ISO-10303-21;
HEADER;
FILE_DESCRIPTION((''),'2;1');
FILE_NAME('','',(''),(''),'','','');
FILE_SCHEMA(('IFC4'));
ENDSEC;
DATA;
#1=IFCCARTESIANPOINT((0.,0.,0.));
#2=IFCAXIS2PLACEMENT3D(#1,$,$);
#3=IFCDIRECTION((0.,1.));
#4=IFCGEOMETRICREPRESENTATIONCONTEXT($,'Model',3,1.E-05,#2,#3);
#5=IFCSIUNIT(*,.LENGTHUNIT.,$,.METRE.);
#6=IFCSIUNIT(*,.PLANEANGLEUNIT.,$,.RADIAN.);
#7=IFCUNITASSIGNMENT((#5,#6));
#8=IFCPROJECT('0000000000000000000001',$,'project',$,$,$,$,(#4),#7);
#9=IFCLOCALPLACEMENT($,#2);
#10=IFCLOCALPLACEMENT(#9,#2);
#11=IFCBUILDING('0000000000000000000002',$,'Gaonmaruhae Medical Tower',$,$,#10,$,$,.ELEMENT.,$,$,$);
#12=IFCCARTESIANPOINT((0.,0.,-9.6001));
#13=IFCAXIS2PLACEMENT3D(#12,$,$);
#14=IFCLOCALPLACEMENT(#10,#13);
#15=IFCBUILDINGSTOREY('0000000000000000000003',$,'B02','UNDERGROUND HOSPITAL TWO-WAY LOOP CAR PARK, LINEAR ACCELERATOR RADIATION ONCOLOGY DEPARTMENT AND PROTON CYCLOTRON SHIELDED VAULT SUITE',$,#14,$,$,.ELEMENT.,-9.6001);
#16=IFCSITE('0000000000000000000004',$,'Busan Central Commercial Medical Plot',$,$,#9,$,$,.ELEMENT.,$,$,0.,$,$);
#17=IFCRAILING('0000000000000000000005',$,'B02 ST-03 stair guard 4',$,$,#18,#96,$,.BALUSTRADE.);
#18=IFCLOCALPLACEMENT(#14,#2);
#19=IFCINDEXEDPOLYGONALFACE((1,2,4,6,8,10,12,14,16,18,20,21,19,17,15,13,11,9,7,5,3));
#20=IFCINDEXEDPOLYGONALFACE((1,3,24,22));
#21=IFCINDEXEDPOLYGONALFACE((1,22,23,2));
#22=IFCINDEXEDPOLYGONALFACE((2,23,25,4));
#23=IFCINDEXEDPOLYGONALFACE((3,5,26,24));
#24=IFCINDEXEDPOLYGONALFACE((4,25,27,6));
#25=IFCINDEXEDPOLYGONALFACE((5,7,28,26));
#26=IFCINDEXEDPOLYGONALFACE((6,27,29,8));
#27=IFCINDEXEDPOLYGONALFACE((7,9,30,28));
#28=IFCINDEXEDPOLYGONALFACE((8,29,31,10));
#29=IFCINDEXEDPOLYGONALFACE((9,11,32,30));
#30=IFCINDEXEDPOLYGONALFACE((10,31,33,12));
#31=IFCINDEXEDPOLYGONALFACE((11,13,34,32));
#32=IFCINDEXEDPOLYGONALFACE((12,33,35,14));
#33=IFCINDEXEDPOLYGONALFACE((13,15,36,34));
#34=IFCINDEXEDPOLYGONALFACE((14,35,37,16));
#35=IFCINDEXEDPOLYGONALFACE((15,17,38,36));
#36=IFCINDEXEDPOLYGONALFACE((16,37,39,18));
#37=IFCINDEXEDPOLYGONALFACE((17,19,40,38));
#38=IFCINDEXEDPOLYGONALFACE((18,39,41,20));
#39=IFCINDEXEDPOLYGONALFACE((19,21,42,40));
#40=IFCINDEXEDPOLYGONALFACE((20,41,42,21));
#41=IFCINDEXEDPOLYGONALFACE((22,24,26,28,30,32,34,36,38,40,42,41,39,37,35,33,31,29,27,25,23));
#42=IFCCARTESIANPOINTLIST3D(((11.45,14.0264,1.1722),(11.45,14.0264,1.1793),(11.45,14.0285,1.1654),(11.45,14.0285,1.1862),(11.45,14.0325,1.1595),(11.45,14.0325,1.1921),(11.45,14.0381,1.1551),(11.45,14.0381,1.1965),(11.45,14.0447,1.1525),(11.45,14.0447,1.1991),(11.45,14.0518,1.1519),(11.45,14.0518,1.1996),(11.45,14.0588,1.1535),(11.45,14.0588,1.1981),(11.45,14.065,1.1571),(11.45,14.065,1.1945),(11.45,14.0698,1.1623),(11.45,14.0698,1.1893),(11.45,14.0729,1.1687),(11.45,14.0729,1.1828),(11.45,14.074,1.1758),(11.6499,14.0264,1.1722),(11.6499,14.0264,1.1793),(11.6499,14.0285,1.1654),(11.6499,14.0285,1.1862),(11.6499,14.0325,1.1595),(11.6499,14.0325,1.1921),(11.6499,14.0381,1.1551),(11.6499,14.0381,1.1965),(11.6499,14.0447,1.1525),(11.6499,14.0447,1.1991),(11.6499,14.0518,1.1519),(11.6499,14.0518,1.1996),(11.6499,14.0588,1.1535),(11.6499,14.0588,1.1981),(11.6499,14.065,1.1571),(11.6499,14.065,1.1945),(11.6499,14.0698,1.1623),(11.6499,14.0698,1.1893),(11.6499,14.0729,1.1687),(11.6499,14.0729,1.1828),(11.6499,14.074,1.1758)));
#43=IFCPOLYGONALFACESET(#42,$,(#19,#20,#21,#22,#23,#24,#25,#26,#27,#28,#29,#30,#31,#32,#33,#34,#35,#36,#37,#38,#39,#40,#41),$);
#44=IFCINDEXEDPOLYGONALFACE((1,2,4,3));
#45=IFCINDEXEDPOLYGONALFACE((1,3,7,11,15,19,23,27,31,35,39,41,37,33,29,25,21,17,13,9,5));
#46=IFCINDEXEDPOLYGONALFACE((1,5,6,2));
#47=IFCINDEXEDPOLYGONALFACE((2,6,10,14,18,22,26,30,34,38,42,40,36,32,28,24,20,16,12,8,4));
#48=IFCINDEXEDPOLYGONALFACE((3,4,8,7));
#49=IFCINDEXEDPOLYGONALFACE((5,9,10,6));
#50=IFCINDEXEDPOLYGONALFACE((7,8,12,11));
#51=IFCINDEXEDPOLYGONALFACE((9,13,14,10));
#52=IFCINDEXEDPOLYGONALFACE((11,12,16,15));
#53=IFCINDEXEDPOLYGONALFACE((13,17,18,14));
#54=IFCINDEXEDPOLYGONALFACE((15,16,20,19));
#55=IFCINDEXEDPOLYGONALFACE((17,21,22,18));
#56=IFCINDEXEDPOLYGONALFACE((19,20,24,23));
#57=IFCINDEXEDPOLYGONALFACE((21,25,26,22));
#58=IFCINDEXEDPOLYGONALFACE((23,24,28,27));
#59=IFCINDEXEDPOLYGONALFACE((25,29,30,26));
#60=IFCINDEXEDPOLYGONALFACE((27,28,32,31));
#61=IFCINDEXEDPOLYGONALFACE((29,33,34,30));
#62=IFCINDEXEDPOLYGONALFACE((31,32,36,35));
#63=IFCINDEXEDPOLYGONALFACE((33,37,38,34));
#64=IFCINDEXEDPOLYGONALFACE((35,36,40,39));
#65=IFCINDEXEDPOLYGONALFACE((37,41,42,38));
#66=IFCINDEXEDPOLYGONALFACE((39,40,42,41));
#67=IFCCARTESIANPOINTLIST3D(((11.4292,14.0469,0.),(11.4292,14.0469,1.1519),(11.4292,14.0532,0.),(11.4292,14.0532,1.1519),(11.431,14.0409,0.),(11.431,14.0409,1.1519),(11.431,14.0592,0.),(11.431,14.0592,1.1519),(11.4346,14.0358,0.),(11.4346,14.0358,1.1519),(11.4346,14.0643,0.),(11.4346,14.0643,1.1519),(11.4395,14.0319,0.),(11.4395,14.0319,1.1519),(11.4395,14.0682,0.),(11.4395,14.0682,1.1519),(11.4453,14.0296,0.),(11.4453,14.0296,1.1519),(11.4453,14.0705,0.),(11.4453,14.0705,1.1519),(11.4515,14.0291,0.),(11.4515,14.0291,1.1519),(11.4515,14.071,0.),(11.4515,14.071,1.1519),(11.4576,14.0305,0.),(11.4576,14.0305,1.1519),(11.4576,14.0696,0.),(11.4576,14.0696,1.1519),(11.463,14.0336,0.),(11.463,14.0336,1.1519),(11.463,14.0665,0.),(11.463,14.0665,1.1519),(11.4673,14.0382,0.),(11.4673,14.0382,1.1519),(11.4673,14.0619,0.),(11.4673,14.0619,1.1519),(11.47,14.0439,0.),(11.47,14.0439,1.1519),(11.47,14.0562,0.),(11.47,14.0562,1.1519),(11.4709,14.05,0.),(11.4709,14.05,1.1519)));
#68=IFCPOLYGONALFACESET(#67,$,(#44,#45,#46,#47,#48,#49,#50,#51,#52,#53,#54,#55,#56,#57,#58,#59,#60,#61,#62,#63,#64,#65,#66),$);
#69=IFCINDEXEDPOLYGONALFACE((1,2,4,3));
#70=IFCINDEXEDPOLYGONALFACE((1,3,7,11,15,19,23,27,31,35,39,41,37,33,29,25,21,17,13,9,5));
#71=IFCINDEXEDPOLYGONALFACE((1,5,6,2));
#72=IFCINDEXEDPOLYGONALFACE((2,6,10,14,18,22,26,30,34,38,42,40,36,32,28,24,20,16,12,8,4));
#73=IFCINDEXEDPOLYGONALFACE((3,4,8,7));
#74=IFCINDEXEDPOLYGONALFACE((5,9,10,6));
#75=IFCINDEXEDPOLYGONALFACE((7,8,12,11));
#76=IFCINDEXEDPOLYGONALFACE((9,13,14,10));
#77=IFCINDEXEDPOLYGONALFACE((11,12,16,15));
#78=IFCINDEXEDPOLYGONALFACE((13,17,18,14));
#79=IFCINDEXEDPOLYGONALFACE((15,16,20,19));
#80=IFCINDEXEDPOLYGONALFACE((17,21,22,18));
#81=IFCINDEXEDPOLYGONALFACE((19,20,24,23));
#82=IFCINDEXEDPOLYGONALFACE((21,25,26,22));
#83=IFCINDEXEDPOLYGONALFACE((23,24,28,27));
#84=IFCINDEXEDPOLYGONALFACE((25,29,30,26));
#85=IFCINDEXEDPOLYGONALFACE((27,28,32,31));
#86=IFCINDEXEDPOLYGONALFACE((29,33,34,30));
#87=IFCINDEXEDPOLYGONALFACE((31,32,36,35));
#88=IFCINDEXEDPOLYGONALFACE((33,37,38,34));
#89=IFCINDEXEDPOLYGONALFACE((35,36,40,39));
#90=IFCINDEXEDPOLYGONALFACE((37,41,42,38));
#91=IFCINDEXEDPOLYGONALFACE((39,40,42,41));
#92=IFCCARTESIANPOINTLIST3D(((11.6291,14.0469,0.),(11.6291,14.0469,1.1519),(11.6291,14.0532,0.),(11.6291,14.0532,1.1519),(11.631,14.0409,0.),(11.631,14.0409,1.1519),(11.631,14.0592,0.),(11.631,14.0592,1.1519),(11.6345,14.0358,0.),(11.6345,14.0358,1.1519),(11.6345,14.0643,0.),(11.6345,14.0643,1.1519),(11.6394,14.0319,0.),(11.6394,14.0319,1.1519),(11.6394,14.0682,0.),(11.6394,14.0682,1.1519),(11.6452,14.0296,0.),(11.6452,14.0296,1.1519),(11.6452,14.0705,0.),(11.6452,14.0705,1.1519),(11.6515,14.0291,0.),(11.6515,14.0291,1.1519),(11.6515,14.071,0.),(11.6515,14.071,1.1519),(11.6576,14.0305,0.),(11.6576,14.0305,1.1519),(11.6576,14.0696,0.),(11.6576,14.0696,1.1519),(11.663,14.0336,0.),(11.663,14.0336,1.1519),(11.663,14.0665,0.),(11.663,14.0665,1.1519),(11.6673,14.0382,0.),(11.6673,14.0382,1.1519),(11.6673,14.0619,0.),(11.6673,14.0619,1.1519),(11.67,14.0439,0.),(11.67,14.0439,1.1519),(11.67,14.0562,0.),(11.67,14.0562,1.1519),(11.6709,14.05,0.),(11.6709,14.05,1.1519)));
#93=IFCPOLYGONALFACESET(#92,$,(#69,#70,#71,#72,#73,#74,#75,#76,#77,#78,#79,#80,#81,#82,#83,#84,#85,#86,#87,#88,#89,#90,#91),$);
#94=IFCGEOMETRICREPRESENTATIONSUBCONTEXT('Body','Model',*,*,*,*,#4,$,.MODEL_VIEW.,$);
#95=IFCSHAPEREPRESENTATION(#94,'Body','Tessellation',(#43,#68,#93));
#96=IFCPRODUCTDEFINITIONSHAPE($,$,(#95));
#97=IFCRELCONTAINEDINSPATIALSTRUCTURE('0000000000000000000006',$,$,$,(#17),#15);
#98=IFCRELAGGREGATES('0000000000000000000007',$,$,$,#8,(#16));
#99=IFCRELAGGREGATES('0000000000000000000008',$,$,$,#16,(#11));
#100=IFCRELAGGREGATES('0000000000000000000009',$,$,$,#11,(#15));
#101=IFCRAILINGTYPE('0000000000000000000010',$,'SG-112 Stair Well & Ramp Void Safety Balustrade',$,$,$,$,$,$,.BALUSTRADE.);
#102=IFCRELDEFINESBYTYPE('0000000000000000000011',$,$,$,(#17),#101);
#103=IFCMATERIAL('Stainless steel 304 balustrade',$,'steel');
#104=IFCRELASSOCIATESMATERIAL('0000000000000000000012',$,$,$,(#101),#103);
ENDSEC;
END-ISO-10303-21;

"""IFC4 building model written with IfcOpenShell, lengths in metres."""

from ifc_helpers import new_model, si_unit, direction, frame, origin, origin_2d, place, context, subcontext, project, spatial, circle, extrude, material, type_object, element, save


model = new_model("IFC4")

# Units and contexts
model_context = context("Model", 3, precision=1e-05, world=origin(), true_north=direction((0.0, 1.0)))
body_context = subcontext(model_context, "Body", "Model", "MODEL_VIEW")
ifc_project = project(units=[si_unit("LENGTHUNIT", "METRE"), si_unit("PLANEANGLEUNIT", "RADIAN")], contexts=[model_context])

# Site, building, storey
site_placement = place(None, origin())
site = spatial("IfcSite", under=ifc_project, at=site_placement, Name="Busan Central Commercial Medical Plot", CompositionType="ELEMENT", RefElevation=0.0)
building_placement = place(site_placement, origin())
building = spatial("IfcBuilding", under=site, at=building_placement, Name="Gaonmaruhae Medical Tower", CompositionType="ELEMENT")
storey_placement = place(building_placement, frame((0.0, 0.0, -9.6001)))
storey = spatial("IfcBuildingStorey", under=building, at=storey_placement, Name="B02", Description="UNDERGROUND HOSPITAL TWO-WAY LOOP CAR PARK, LINEAR ACCELERATOR RADIATION ONCOLOGY DEPARTMENT AND PROTON CYCLOTRON SHIELDED VAULT SUITE", CompositionType="ELEMENT", Elevation=-9.6001)

# Railing
ifc_material_1 = material(Name="Stainless steel 304 balustrade", Category="steel")
railing_type_1 = type_object("IfcRailingType", Name="SG-112 Stair Well & Ramp Void Safety Balustrade", PredefinedType="BALUSTRADE", material=ifc_material_1)
railing_1_placement = place(storey_placement, frame((11.45, 14.05, 0.0)))
element("IfcRailing", 1, at=railing_1_placement, inside=storey, type_object=railing_type_1, Name="B02 ST-03 stair guard 4", PredefinedType="BALUSTRADE", context=body_context, shape_type="SweptSolid", body=[
    extrude(circle(Radius=0.0239, at=origin_2d()), frame((0.0, 0.0, 1.1758), z_axis=(1.0, 0.0, 0.0), x_axis=(0.0, 1.0, 0.0)), (0.0, 0.0, 1.0), 0.2),
    extrude(circle(Radius=0.021, at=origin_2d()), origin(), (0.0, 0.0, 1.0), 1.1519),
    extrude(circle(Radius=0.021, at=origin_2d()), frame((0.2, 0.0, 0.0)), (0.0, 0.0, 1.0), 1.1519),
])

save(model, "model.ifc")
